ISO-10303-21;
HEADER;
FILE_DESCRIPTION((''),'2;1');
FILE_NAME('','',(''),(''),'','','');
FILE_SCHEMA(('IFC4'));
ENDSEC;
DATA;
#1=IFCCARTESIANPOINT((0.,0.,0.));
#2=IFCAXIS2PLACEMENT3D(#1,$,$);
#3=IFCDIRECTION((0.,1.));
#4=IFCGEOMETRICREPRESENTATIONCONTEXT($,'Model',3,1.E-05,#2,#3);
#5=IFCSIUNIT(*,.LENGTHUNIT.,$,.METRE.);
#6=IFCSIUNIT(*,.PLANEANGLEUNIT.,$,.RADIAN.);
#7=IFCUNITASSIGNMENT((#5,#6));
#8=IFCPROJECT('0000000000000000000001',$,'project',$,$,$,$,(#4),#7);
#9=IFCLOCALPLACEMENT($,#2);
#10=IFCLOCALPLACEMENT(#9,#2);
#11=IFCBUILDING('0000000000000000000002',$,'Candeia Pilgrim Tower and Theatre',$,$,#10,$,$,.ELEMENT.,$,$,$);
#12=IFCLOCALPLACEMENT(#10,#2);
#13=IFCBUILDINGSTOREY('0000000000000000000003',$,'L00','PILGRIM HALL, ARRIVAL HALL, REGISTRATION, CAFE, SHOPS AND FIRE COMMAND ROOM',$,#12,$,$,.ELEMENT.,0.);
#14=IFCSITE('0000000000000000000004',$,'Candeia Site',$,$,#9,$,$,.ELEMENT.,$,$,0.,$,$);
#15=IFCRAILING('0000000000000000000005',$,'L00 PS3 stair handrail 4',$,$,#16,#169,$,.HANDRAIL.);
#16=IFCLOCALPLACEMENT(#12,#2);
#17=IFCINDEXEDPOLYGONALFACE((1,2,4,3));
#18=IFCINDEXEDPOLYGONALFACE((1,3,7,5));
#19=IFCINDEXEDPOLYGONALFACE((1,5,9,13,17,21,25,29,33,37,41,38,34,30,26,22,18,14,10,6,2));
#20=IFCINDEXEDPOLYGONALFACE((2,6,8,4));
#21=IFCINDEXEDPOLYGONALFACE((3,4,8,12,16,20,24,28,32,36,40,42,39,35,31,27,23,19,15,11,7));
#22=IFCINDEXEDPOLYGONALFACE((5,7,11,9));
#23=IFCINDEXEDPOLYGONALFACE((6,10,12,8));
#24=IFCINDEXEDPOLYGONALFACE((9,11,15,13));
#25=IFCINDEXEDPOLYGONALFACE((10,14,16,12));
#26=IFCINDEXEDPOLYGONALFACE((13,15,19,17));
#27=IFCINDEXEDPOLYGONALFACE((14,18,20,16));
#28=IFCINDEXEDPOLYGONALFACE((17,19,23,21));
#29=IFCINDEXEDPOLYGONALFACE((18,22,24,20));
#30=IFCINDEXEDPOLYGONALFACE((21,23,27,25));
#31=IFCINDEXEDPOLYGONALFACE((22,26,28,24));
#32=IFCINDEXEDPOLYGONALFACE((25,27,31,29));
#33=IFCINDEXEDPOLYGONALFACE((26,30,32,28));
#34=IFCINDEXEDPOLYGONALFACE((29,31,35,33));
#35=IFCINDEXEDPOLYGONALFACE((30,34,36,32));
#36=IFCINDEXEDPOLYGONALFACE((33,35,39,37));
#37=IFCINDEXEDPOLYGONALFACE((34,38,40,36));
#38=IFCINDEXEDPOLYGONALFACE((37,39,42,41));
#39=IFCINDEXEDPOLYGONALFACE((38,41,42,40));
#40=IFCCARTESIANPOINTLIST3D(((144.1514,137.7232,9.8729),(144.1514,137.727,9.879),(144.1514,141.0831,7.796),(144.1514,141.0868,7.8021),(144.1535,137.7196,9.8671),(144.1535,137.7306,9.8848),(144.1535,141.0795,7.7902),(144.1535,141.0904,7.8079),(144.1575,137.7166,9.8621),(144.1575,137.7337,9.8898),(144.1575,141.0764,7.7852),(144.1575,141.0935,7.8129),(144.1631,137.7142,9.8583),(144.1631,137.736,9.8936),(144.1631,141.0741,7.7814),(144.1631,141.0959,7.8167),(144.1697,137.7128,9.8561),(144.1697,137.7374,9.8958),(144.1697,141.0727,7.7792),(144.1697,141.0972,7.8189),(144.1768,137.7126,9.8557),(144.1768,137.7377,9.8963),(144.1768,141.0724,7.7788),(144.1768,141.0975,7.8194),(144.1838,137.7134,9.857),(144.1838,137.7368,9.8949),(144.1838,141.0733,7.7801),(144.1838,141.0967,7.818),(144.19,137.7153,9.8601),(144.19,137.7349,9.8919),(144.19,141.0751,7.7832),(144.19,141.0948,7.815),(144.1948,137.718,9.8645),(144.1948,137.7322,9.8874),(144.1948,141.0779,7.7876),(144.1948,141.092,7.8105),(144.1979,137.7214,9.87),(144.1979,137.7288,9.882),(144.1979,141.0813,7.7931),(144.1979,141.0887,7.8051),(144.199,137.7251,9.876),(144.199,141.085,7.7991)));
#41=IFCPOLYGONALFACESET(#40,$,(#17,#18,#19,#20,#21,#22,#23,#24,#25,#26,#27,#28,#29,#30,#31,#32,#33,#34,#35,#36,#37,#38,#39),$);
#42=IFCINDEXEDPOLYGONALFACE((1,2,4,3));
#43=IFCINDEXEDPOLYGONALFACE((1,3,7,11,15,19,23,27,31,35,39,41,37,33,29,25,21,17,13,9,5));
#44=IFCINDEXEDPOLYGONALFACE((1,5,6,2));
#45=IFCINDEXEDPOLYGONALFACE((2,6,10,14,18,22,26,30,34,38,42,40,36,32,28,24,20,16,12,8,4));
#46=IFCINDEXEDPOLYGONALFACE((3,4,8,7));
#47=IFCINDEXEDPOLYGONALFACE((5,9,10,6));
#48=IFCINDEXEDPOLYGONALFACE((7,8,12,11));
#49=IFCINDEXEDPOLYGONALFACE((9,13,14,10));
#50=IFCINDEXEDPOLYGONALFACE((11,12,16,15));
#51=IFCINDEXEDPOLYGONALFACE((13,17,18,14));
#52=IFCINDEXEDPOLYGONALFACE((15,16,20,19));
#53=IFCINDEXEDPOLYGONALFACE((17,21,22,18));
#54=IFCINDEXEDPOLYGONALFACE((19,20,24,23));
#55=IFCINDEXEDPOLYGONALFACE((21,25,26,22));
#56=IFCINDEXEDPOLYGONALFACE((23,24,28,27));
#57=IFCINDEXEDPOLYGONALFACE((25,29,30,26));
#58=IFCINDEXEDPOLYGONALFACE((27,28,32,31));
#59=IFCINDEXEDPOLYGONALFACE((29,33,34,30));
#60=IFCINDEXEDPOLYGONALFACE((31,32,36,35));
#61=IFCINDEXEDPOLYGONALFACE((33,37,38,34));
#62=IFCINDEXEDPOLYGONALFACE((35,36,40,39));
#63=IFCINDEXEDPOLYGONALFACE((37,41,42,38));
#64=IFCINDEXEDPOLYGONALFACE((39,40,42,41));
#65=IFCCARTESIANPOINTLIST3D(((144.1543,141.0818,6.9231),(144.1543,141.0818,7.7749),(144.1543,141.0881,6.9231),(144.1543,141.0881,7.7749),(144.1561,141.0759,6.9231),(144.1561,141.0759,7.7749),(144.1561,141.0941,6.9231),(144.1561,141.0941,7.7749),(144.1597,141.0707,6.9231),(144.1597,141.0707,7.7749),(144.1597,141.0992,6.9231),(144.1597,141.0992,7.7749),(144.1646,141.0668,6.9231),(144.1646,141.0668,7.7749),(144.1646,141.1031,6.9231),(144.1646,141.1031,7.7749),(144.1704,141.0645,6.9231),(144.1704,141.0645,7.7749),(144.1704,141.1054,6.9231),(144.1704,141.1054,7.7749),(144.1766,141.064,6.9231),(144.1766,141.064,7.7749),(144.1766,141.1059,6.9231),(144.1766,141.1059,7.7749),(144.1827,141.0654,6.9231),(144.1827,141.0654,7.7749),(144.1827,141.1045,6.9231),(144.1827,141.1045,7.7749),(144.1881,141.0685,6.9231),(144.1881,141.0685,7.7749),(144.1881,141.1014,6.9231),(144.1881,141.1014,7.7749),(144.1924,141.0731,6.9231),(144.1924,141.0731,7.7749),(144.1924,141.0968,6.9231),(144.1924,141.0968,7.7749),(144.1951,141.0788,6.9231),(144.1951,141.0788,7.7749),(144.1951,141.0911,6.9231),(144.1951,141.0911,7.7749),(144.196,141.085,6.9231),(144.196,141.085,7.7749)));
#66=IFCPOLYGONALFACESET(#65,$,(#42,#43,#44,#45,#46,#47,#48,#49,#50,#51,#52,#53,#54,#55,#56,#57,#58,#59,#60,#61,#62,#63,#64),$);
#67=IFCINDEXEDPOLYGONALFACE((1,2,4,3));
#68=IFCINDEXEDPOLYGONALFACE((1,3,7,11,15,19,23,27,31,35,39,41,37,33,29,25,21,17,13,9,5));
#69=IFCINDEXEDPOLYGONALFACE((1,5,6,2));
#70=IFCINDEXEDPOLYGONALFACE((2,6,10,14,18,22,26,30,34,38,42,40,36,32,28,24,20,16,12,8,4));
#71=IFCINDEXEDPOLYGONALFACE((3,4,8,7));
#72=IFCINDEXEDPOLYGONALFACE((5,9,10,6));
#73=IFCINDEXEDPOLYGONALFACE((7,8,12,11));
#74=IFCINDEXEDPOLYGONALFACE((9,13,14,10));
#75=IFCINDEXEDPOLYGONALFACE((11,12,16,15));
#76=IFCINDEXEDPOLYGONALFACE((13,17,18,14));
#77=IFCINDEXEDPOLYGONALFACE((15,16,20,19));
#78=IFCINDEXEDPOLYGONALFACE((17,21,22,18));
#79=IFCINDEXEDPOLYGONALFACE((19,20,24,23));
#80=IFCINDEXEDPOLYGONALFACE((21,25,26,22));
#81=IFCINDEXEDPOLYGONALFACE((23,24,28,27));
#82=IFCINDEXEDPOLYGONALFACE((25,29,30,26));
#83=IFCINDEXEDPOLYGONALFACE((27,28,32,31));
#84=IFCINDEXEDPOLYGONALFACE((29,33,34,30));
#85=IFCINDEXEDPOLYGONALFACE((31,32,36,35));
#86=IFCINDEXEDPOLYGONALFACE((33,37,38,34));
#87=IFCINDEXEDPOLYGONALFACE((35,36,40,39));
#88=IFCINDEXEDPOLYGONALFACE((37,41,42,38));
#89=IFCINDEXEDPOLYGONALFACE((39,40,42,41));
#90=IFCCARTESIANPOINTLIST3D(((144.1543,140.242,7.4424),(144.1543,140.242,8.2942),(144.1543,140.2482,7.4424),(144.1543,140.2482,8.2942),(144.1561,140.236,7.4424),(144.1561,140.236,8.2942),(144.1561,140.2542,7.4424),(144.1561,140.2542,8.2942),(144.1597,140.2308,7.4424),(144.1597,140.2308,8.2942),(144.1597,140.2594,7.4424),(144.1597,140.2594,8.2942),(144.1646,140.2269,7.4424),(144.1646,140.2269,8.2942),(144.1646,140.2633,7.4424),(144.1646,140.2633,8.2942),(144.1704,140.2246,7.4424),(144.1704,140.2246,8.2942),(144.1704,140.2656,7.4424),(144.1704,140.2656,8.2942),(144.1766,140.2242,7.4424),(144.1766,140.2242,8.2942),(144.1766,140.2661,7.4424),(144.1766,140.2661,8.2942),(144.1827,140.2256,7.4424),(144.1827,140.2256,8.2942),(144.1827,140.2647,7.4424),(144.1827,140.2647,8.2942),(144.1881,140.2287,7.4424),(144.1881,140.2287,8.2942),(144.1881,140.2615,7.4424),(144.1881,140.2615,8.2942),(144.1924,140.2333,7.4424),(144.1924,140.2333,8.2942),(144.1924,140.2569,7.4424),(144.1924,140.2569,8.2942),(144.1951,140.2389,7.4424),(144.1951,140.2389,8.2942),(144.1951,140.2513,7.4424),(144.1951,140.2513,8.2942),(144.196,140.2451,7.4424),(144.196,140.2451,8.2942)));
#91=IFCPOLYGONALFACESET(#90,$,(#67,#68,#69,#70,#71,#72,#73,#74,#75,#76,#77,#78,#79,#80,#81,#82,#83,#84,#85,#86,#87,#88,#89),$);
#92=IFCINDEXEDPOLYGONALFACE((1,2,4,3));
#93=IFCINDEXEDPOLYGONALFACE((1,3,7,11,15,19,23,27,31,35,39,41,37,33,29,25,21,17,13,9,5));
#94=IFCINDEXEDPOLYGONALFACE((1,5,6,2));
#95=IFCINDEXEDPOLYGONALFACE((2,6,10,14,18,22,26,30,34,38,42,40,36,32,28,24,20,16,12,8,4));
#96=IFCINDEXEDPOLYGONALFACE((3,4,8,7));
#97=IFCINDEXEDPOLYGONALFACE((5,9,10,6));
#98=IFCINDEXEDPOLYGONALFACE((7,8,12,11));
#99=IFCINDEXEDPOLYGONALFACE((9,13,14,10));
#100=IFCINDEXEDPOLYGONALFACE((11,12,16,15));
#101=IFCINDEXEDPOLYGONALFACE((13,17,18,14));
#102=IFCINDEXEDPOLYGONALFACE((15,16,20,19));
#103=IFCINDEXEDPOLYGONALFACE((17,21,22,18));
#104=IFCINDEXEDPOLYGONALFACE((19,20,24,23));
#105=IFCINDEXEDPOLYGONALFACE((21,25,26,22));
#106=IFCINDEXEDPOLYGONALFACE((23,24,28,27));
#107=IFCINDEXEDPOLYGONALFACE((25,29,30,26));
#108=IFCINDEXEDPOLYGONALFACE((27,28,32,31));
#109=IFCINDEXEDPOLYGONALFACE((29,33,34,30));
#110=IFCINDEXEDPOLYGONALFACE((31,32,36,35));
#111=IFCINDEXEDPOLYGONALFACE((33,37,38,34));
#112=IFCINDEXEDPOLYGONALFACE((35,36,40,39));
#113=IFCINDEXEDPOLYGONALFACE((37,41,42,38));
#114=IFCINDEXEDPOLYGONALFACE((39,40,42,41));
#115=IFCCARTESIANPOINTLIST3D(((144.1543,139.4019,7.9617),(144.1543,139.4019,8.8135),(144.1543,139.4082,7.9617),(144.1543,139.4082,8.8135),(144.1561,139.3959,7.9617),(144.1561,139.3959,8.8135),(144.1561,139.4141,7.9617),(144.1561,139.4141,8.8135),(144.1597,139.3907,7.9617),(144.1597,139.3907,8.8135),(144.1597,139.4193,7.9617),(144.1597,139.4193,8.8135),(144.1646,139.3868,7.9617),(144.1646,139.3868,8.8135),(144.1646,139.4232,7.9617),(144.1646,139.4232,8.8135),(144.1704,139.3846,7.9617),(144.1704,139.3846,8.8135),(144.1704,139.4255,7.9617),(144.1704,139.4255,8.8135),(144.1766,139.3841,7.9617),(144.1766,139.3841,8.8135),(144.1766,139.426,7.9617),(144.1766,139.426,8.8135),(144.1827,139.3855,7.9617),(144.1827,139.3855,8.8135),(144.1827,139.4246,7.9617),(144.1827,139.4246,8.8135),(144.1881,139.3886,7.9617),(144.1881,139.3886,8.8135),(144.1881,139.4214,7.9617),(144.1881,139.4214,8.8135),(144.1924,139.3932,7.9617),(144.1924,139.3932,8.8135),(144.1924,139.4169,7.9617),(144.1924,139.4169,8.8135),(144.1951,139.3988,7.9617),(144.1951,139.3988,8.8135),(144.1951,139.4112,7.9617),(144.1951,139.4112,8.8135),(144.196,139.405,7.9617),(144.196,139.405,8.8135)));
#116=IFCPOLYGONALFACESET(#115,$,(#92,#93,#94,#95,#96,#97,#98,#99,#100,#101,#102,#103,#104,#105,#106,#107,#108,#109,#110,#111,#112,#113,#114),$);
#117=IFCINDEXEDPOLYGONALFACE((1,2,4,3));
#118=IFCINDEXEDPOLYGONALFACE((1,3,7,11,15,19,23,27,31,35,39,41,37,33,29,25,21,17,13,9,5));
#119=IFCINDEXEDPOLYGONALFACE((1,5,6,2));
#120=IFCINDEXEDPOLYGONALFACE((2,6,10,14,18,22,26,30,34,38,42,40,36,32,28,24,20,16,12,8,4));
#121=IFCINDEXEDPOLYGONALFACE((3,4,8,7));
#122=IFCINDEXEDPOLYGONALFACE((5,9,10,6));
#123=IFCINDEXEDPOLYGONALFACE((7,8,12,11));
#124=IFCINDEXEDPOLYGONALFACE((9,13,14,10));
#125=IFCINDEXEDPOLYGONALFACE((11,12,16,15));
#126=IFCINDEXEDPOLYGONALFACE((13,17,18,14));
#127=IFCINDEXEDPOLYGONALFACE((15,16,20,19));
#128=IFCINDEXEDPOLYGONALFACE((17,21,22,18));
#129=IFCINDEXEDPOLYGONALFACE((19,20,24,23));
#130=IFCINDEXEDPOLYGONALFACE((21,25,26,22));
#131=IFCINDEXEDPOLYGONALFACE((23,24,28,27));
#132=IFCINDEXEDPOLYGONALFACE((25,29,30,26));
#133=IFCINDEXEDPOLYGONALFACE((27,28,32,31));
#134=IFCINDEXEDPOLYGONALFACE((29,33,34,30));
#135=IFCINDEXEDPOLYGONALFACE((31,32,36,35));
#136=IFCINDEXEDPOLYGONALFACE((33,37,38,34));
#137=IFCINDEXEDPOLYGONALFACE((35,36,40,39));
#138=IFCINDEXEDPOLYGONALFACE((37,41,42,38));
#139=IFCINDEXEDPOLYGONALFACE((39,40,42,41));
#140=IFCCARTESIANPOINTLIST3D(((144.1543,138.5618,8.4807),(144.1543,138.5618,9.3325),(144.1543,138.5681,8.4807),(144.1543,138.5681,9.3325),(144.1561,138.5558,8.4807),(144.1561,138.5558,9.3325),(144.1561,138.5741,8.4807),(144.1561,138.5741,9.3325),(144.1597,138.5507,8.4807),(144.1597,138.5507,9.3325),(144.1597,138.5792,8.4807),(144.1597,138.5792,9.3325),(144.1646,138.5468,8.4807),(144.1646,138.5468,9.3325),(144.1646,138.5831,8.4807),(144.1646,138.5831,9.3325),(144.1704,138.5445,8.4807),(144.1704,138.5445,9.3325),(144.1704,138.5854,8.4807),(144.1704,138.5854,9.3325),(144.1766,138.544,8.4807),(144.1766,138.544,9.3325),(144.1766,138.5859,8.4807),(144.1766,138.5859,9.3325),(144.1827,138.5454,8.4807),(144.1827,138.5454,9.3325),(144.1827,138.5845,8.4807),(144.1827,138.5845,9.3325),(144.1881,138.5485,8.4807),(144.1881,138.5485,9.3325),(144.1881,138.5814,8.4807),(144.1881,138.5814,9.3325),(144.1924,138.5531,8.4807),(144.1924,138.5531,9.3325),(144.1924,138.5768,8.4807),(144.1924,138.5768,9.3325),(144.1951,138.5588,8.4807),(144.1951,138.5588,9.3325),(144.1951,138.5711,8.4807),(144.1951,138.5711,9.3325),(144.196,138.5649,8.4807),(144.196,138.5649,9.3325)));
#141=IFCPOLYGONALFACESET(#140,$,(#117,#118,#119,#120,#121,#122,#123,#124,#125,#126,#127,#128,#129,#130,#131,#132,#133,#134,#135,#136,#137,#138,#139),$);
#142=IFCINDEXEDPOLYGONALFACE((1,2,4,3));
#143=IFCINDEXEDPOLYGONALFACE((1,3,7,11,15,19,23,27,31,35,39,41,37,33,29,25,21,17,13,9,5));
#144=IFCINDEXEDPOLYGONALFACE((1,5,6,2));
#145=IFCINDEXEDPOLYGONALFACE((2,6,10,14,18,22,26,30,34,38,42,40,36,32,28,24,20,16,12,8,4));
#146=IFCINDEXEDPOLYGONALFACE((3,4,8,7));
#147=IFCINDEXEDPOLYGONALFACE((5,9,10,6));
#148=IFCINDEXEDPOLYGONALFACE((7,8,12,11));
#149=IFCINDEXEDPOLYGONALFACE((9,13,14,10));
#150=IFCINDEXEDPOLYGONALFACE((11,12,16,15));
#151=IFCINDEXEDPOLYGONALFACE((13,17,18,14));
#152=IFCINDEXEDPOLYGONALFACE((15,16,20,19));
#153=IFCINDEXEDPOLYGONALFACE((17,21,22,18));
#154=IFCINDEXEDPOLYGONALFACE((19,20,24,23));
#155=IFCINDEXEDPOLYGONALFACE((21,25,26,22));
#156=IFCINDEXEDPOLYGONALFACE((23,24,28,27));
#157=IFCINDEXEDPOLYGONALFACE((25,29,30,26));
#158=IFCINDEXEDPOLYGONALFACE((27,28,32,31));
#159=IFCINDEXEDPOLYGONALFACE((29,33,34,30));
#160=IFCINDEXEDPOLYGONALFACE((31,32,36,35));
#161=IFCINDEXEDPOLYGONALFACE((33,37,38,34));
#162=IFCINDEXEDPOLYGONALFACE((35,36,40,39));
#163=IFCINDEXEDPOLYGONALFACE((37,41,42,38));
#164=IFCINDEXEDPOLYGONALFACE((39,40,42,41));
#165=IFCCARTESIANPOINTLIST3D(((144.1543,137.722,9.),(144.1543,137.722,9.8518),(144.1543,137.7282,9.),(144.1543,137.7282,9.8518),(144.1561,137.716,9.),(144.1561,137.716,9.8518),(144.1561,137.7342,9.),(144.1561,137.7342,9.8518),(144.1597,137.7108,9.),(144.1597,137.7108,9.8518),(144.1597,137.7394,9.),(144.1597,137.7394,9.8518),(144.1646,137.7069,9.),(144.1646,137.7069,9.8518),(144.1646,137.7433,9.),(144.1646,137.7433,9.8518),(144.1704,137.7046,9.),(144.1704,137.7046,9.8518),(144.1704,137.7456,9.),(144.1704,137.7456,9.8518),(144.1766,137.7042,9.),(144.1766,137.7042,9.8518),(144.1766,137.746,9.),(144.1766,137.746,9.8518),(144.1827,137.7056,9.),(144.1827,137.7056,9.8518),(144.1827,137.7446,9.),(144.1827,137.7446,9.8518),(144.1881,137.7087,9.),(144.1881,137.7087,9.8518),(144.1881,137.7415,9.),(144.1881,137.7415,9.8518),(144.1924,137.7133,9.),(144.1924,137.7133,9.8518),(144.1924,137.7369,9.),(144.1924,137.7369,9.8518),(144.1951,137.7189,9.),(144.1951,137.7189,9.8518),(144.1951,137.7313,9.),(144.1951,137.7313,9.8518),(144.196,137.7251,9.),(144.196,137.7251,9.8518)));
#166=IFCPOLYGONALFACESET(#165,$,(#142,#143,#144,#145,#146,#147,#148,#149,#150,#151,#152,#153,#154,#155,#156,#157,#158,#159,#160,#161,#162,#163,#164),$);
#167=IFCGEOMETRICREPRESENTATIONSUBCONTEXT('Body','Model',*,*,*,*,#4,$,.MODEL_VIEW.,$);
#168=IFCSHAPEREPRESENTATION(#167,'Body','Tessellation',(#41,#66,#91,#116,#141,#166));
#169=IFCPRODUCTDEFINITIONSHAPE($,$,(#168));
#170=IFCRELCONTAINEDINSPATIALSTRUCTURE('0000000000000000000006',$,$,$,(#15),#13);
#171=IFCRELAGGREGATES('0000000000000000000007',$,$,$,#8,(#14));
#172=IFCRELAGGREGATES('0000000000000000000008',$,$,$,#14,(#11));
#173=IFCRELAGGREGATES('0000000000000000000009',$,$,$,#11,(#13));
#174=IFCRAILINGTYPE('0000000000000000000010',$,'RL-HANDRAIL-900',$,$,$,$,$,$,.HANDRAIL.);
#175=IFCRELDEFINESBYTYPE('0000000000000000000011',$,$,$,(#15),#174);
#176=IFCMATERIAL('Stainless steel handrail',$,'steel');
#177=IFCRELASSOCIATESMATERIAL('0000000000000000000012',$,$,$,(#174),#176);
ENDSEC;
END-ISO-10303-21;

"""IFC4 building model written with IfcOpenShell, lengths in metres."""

from ifc_helpers import new_model, si_unit, direction, frame, origin, origin_2d, place, context, subcontext, project, spatial, circle, extrude, material, type_object, element, save


model = new_model("IFC4")

# Units and contexts
model_context = context("Model", 3, precision=1e-05, world=origin(), true_north=direction((0.0, 1.0)))
body_context = subcontext(model_context, "Body", "Model", "MODEL_VIEW")
ifc_project = project(units=[si_unit("LENGTHUNIT", "METRE"), si_unit("PLANEANGLEUNIT", "RADIAN")], contexts=[model_context])

# Site, building, storey
site_placement = place(None, origin())
site = spatial("IfcSite", under=ifc_project, at=site_placement, Name="Candeia Site", CompositionType="ELEMENT", RefElevation=0.0)
building_placement = place(site_placement, origin())
building = spatial("IfcBuilding", under=site, at=building_placement, Name="Candeia Pilgrim Tower and Theatre", CompositionType="ELEMENT")
storey_placement = place(building_placement, origin())
storey = spatial("IfcBuildingStorey", under=building, at=storey_placement, Name="L00", Description="PILGRIM HALL, ARRIVAL HALL, REGISTRATION, CAFE, SHOPS AND FIRE COMMAND ROOM", CompositionType="ELEMENT", Elevation=0.0)

# Railing
ifc_material_1 = material(Name="Stainless steel handrail", Category="steel")
railing_type_1 = type_object("IfcRailingType", Name="RL-HANDRAIL-900", PredefinedType="HANDRAIL", material=ifc_material_1)
for number, where, name in (
    (1, (144.175, 141.085, 6.9231), "L00 PS3 stair handrail 4"),
):
    element("IfcRailing", number, at=place(storey_placement, frame(where)), inside=storey, type_object=railing_type_1, Name=name, PredefinedType="HANDRAIL", context=body_context, shape_type="SweptSolid", body=[
        extrude(circle(Radius=0.0239, at=origin_2d()), frame((0.0, 0.0, 0.876), z_axis=(0.0, -0.850606, 0.525803), x_axis=(1.0, 0.0, 0.0)), (0.0, 0.0, 1.0), 3.95),
        extrude(circle(Radius=0.021, at=origin_2d()), origin(), (0.0, 0.0, 1.0), 0.8518),
        extrude(circle(Radius=0.021, at=origin_2d()), frame((0.0, -0.8398, 0.5193)), (0.0, 0.0, 1.0), 0.8518),
        extrude(circle(Radius=0.021, at=origin_2d()), frame((0.0, -1.6799, 1.0386)), (0.0, 0.0, 1.0), 0.8518),
        extrude(circle(Radius=0.021, at=origin_2d()), frame((0.0, -2.52, 1.5576)), (0.0, 0.0, 1.0), 0.8518),
        extrude(circle(Radius=0.021, at=origin_2d()), frame((0.0, -3.3599, 2.0769)), (0.0, 0.0, 1.0), 0.8518),
    ])

save(model, "model.ifc")
